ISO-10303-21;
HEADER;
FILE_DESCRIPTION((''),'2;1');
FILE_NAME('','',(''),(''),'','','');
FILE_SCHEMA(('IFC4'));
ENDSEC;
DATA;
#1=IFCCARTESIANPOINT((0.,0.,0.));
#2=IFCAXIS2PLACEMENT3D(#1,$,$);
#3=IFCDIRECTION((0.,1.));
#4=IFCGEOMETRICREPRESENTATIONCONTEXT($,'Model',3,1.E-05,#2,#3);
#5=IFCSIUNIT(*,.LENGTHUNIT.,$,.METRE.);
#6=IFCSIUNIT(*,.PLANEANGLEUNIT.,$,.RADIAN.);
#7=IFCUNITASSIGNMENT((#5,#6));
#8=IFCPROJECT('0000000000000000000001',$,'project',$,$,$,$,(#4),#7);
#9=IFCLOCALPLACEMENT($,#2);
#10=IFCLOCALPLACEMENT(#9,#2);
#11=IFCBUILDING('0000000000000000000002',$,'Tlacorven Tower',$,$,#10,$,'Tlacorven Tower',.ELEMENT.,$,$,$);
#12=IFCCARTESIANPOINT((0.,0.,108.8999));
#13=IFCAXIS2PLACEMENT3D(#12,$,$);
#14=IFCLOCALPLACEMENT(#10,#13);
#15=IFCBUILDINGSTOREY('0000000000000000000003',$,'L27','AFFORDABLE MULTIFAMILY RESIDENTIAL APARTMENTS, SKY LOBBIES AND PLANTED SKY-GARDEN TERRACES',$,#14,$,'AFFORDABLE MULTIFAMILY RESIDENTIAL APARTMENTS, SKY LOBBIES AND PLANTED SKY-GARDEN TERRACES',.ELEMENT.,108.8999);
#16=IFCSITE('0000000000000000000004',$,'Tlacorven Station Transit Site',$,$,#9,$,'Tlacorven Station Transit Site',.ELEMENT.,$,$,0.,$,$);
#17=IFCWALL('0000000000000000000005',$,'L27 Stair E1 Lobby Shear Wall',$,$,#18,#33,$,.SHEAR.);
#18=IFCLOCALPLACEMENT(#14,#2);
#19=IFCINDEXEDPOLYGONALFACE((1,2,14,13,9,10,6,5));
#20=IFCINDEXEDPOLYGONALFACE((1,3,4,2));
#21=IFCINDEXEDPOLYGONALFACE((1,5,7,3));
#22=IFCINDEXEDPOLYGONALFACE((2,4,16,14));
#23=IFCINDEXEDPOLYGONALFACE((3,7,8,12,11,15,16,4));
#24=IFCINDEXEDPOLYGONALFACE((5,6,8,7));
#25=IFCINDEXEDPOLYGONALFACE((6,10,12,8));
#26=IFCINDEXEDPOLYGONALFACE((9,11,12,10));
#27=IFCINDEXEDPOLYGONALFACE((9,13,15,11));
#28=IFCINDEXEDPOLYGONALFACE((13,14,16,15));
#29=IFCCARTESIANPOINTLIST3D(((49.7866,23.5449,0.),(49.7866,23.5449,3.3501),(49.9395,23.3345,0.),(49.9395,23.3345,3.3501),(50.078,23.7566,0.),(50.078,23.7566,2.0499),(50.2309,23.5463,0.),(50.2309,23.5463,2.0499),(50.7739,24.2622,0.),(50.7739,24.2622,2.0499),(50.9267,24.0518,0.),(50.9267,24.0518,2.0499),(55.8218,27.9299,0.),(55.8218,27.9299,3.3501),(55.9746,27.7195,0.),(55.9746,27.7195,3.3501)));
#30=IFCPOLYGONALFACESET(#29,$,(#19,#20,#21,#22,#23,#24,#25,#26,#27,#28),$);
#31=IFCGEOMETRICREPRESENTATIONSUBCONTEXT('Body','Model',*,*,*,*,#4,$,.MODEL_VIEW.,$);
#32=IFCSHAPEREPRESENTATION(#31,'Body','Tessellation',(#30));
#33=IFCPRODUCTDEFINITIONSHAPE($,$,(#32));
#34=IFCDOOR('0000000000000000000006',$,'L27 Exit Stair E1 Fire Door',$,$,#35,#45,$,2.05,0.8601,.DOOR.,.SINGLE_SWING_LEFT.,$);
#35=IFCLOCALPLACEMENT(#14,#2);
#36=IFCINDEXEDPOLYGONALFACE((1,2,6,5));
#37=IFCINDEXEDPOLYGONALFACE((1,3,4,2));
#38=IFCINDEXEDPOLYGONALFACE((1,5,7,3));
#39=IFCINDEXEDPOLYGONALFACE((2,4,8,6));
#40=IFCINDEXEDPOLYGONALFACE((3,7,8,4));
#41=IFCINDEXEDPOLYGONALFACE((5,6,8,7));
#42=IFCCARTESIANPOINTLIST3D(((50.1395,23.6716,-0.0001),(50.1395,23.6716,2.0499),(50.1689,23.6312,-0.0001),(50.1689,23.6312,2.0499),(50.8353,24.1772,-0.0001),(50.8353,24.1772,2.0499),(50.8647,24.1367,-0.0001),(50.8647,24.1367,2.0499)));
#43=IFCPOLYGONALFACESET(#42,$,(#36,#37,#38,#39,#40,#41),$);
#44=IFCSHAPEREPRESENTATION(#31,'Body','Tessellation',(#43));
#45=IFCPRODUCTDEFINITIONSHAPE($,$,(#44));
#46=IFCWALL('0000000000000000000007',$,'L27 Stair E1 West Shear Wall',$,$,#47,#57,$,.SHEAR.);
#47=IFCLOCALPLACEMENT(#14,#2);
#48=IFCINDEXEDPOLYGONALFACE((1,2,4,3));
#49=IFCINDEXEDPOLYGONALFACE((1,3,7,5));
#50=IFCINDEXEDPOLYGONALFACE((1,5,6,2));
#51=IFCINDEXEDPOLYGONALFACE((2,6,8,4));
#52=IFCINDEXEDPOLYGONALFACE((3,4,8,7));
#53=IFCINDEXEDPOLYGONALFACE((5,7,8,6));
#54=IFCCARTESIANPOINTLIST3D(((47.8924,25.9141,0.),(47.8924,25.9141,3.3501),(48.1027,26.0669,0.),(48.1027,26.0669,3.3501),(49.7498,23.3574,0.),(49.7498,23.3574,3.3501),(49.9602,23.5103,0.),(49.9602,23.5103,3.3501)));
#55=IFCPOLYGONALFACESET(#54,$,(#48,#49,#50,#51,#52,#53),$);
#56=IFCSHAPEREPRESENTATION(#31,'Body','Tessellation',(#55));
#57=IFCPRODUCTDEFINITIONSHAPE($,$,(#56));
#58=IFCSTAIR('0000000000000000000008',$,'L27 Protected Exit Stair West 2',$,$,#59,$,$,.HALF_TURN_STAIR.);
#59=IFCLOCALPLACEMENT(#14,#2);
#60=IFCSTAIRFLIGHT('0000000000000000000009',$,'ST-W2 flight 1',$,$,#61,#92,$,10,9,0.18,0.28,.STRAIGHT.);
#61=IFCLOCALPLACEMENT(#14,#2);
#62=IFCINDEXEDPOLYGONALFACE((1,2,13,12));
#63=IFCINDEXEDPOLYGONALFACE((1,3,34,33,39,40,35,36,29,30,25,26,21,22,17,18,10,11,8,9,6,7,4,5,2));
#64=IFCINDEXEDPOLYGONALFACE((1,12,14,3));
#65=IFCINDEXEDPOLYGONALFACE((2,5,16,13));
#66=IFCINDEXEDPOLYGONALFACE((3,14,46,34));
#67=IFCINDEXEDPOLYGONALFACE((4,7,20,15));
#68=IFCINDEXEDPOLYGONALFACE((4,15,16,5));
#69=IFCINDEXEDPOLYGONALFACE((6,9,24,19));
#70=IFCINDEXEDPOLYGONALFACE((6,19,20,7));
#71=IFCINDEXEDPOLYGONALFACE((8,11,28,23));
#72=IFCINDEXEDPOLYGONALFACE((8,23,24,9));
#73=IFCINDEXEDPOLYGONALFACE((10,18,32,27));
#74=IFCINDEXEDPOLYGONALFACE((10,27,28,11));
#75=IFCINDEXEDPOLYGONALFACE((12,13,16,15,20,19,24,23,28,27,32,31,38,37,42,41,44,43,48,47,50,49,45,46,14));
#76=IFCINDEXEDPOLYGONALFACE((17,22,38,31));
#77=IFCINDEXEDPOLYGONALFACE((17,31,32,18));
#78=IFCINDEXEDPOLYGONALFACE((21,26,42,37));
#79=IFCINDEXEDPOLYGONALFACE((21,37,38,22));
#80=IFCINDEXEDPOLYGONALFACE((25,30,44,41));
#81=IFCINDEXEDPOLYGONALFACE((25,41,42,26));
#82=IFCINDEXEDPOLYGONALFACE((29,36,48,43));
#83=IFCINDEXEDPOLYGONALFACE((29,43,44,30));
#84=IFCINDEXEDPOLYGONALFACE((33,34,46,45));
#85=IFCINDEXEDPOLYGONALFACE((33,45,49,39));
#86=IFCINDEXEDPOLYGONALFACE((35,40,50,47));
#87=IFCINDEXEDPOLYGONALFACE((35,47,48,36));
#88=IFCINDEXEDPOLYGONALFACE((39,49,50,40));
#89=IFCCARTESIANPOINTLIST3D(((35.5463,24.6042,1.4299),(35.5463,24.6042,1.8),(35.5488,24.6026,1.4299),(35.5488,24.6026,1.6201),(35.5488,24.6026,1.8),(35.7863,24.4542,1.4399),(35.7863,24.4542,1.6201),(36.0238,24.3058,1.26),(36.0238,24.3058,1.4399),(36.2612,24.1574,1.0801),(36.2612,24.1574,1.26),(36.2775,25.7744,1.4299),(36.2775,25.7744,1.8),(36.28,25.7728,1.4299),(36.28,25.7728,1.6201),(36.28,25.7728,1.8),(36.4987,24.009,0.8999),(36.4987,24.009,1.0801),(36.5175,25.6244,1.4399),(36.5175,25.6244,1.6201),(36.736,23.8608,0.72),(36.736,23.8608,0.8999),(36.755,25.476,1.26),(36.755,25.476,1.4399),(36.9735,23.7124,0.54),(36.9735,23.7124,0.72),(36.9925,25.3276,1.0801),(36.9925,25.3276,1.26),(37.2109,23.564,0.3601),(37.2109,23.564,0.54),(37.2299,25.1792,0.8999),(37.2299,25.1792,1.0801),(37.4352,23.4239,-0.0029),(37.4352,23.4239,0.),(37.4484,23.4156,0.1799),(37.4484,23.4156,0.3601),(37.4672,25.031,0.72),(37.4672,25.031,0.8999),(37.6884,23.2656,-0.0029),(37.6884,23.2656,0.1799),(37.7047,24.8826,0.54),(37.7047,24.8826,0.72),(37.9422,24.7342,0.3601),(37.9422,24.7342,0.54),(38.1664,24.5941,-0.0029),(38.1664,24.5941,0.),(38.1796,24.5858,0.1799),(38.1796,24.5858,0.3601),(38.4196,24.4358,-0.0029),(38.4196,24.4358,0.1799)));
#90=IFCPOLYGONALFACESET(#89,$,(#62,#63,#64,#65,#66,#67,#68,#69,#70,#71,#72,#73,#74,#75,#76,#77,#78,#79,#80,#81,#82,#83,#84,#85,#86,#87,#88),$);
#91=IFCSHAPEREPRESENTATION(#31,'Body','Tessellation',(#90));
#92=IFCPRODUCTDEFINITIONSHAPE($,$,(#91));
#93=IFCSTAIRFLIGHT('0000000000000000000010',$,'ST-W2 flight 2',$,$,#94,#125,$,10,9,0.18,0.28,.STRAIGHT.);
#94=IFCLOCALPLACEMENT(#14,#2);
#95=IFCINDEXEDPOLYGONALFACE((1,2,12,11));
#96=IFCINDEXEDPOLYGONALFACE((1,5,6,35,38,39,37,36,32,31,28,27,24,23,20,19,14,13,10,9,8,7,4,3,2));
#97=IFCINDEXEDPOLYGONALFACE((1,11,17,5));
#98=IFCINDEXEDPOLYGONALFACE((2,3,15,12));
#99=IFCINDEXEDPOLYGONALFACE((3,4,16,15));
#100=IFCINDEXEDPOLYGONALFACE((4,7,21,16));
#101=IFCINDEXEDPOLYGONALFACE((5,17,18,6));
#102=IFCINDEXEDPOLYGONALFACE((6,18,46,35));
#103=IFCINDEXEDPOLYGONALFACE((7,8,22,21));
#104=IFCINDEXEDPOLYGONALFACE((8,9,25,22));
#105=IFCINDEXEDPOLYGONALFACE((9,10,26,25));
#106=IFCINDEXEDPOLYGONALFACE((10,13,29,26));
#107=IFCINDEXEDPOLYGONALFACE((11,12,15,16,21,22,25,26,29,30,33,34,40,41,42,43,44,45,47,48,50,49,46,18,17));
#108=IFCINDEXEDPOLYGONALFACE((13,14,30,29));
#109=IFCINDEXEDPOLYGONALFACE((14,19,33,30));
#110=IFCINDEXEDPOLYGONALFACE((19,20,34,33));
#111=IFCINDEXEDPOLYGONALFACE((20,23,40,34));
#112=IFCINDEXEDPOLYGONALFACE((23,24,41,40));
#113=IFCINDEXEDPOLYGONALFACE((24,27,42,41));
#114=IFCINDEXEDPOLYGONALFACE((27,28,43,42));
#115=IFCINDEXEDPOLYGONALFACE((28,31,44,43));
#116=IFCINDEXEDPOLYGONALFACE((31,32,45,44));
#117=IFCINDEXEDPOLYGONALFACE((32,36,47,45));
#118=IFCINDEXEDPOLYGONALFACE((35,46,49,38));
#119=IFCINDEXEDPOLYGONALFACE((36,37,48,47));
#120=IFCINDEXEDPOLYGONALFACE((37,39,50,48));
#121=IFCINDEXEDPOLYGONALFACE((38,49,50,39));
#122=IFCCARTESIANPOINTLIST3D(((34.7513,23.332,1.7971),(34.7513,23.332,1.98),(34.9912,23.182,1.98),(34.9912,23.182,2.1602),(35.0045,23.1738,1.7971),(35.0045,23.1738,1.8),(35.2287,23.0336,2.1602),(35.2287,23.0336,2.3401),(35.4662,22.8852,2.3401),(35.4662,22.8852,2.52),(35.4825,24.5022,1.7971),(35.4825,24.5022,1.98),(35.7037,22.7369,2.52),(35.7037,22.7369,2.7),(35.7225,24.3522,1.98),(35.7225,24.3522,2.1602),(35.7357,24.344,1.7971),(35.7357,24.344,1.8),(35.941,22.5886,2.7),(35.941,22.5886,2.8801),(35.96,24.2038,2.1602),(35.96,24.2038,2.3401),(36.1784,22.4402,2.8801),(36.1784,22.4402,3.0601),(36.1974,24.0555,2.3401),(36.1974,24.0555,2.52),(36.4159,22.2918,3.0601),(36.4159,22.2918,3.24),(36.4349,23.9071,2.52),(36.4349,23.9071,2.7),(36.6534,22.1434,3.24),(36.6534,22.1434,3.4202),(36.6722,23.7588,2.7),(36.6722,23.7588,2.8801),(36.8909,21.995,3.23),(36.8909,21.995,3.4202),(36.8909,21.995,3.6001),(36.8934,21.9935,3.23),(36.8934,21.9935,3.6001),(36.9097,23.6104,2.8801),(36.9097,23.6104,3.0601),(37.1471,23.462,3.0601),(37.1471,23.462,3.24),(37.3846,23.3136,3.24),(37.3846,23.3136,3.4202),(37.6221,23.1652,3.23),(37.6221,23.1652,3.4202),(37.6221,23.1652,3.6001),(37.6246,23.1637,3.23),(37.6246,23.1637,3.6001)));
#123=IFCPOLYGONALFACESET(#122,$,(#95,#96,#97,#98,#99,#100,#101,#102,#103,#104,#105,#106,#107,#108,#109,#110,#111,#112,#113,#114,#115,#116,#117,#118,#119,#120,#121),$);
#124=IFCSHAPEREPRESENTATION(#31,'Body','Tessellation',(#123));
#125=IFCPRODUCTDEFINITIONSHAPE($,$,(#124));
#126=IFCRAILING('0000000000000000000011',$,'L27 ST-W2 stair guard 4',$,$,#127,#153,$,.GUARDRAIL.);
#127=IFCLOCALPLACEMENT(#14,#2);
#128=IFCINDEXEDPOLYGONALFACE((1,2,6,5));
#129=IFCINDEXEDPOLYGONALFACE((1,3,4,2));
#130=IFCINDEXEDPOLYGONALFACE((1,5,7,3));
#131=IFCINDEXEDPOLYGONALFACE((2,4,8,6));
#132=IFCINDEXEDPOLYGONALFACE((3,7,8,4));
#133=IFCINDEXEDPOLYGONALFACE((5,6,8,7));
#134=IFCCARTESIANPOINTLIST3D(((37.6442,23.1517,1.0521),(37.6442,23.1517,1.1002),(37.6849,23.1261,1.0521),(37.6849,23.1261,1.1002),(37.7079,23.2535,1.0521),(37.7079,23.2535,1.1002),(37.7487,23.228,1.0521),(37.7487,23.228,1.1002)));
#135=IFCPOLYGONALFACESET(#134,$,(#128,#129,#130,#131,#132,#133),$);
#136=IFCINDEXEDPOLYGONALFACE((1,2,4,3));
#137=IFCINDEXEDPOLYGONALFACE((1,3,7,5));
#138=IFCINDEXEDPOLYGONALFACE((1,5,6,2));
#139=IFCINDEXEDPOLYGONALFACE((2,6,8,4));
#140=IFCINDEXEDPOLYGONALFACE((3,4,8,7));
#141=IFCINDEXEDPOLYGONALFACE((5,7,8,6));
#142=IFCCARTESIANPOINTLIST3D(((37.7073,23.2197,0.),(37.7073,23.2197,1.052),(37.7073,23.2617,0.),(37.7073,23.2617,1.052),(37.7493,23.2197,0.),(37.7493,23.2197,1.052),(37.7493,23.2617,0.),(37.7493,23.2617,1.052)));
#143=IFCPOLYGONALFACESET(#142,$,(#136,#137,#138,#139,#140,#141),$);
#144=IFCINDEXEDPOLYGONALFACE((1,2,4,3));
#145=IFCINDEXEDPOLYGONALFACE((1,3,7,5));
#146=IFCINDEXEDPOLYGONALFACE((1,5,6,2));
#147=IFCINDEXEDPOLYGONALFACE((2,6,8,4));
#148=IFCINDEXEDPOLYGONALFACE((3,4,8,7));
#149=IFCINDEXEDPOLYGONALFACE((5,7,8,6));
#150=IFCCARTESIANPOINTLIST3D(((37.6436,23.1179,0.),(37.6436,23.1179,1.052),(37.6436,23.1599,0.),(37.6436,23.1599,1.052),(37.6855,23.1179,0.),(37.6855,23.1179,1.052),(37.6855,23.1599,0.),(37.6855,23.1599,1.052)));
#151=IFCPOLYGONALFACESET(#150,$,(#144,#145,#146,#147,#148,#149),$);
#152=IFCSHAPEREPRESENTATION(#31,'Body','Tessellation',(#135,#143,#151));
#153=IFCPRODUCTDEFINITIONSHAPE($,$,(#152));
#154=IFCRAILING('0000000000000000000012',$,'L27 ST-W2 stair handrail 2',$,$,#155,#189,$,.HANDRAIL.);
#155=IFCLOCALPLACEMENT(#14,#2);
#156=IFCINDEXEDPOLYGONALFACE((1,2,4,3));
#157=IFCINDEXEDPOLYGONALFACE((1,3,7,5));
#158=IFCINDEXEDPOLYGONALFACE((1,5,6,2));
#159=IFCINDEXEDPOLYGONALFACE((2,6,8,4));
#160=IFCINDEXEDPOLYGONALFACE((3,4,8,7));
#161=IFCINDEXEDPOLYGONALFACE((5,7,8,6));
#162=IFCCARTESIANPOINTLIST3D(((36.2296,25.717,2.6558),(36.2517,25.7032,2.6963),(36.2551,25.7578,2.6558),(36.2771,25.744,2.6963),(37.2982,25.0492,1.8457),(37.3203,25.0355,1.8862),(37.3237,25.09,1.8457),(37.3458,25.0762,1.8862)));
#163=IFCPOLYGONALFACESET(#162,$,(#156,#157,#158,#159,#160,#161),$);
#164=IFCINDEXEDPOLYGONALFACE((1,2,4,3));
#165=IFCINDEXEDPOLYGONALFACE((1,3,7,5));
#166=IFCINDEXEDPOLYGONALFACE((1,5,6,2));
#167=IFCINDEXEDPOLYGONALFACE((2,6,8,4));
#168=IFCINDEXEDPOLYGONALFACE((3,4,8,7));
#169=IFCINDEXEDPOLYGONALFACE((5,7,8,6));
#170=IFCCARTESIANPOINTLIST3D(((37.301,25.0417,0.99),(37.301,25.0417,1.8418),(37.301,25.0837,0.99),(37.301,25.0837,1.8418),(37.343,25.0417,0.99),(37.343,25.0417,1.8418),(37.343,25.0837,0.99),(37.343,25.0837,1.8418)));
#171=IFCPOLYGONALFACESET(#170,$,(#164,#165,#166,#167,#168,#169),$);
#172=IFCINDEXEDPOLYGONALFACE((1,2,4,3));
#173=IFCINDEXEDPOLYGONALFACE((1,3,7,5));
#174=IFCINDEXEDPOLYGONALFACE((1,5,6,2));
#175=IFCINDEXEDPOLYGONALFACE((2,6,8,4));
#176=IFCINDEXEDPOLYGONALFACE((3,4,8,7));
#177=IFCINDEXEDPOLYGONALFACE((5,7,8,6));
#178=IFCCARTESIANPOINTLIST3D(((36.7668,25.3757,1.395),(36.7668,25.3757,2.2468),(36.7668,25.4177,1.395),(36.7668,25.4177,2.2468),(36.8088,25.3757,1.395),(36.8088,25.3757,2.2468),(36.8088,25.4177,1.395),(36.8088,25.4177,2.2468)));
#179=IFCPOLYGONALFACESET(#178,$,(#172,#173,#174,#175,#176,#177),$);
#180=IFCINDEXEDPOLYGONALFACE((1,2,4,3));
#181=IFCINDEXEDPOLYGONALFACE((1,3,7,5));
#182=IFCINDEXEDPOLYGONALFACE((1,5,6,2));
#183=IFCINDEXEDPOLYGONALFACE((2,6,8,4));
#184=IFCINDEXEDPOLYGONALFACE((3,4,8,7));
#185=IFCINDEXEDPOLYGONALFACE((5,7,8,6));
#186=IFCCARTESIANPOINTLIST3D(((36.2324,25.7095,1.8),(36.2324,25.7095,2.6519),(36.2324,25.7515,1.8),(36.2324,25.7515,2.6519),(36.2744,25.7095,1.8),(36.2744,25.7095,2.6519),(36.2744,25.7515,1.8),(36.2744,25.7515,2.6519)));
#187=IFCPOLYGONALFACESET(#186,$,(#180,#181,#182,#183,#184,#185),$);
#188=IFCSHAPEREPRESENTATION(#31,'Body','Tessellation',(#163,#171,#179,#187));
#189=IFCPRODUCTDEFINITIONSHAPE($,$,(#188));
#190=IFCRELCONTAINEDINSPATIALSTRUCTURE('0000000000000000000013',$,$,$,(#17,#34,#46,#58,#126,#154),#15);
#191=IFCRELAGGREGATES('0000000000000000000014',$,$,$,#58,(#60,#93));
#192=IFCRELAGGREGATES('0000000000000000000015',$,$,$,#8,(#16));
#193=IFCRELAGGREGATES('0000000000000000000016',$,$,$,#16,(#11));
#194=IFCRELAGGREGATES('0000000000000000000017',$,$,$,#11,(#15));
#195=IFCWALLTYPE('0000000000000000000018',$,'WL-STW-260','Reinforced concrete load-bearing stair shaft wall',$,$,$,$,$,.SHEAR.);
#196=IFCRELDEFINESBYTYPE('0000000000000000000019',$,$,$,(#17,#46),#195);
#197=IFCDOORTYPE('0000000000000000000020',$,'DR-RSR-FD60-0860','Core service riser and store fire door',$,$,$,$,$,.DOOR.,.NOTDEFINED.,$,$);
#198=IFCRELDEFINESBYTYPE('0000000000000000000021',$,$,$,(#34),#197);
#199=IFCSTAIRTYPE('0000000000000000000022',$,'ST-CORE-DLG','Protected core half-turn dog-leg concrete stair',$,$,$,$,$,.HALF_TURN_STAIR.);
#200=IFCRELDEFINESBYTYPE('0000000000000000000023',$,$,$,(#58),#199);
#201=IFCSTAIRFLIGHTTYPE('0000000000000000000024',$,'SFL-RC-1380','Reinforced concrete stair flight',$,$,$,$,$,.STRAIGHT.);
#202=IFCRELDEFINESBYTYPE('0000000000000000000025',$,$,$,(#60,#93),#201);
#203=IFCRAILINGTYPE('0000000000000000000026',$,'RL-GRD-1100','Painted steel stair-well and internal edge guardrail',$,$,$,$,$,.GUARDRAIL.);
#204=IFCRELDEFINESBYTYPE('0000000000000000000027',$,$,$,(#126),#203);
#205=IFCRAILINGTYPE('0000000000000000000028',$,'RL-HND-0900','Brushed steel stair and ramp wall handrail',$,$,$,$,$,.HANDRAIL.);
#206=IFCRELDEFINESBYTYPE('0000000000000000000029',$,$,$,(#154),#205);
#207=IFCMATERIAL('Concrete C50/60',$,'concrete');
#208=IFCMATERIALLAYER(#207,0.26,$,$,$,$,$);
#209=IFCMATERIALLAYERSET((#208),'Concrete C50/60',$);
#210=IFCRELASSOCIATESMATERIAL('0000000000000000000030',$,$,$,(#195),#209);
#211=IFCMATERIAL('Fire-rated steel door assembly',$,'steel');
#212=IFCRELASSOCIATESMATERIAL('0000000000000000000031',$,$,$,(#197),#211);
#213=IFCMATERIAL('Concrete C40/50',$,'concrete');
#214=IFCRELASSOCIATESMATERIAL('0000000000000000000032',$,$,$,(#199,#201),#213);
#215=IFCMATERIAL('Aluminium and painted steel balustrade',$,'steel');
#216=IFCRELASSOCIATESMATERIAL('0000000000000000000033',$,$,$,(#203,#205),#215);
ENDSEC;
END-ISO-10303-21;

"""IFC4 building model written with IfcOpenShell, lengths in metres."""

from ifc_helpers import new_model, si_unit, direction, frame, frame_2d, origin, origin_2d, place, context, subcontext, project, spatial, polyline, rectangle, outline, extrude, source, transform, mapped, material, layer, layer_set, type_object, element, fill, aggregate, save


model = new_model("IFC4")

# Units and contexts
model_context = context("Model", 3, precision=1e-05, world=origin(), true_north=direction((0.0, 1.0)))
body_context = subcontext(model_context, "Body", "Model", "MODEL_VIEW")
ifc_project = project(units=[si_unit("LENGTHUNIT", "METRE"), si_unit("PLANEANGLEUNIT", "RADIAN")], contexts=[model_context])

# Site, building, storey
site_placement = place(None, origin())
site = spatial("IfcSite", under=ifc_project, at=site_placement, Name="Tlacorven Station Transit Site", LongName="Tlacorven Station Transit Site", CompositionType="ELEMENT", RefElevation=0.0)
building_placement = place(site_placement, origin())
building = spatial("IfcBuilding", under=site, at=building_placement, Name="Tlacorven Tower", LongName="Tlacorven Tower", CompositionType="ELEMENT")
storey_placement = place(building_placement, frame((0.0, 0.0, 108.8999)))
storey = spatial("IfcBuildingStorey", under=building, at=storey_placement, Name="L27", Description="AFFORDABLE MULTIFAMILY RESIDENTIAL APARTMENTS, SKY LOBBIES AND PLANTED SKY-GARDEN TERRACES", LongName="AFFORDABLE MULTIFAMILY RESIDENTIAL APARTMENTS, SKY LOBBIES AND PLANTED SKY-GARDEN TERRACES", CompositionType="ELEMENT", Elevation=108.8999)

# Shared definitions
ifc_material_1 = material(Name="Concrete C40/50", Category="concrete")
ifc_material_2 = material(Name="Concrete C50/60", Category="concrete")
ifc_layer_1 = layer(ifc_material_2, 0.26)
ifc_layer_set_1 = layer_set([ifc_layer_1], Name="Concrete C50/60")
wall_type_1 = type_object("IfcWallType", Name="WL-STW-260", Description="Reinforced concrete load-bearing stair shaft wall", PredefinedType="SHEAR", material=ifc_layer_set_1)

# Wall, opening, door
wall_1_placement = place(storey_placement, frame((49.863, 23.4397, 0.0), z_axis=(0.0, 0.0, 1.0), x_axis=(0.809003, 0.587804, 0.0)))
wall_1 = element("IfcWall", 1, at=wall_1_placement, inside=storey, type_object=wall_type_1, Name="L27 Stair E1 Lobby Shear Wall", PredefinedType="SHEAR", context=body_context, shape_type="SweptSolid", body=[
    extrude(rectangle(XDim=7.46, YDim=0.26, at=frame_2d((3.73, 0.0))), origin(), (0.0, 0.0, 1.0), 3.3501),
])
opening_placement = place(wall_1_placement, frame((0.3601, 0.0, 0.0)))
opening = element("IfcOpeningElement", 2, at=opening_placement, cuts=wall_1, PredefinedType="OPENING", context=body_context, shape_type="SweptSolid", body=[
    extrude(rectangle(XDim=0.8601, YDim=2.05, at=frame_2d((0.4302, 1.0249))), frame((0.0, 0.1401, 0.0), z_axis=(0.0, -1.0, 0.0), x_axis=(1.0, 0.0, 0.0)), (0.0, 0.0, 1.0), 0.28),
])
ifc_material_3 = material(Name="Fire-rated steel door assembly", Category="steel")
door_type = type_object("IfcDoorType", Name="DR-RSR-FD60-0860", Description="Core service riser and store fire door", OperationType="NOTDEFINED", PredefinedType="DOOR", material=ifc_material_3)
shared_shape_1 = source(origin(), body_context, "Body", "SweptSolid", [
    extrude(rectangle(XDim=0.8601, YDim=2.05, at=frame_2d((0.4302, 1.0249))), frame((0.0, 0.0249, 0.0), z_axis=(0.0, -1.0, 0.0), x_axis=(1.0, 0.0, 0.0)), (0.0, 0.0, 1.0), 0.05),
])
door_placement = place(opening_placement, frame((0.8601, 0.0, 0.0), z_axis=(0.0, 0.0, 1.0), x_axis=(-1.0, 0.0, 0.0)))
door = element("IfcDoor", 3, at=door_placement, inside=storey, type_object=door_type, Name="L27 Exit Stair E1 Fire Door", OperationType="SINGLE_SWING_LEFT", OverallHeight=2.05, OverallWidth=0.8601, PredefinedType="DOOR", context=body_context, shape_type="MappedRepresentation", body=[
    mapped(shared_shape_1, transform((0.0, 0.0, 0.0), scale=1.0)),
])
fill(opening, door)

# Wall
wall_2_placement = place(storey_placement, frame((49.855, 23.4338, 0.0), z_axis=(0.0, 0.0, 1.0), x_axis=(-0.587767, 0.80903, 0.0)))
element("IfcWall", 4, at=wall_2_placement, inside=storey, type_object=wall_type_1, Name="L27 Stair E1 West Shear Wall", PredefinedType="SHEAR", context=body_context, shape_type="SweptSolid", body=[
    extrude(rectangle(XDim=3.1602, YDim=0.26, at=frame_2d((1.5801, 0.0))), origin(), (0.0, 0.0, 1.0), 3.3501),
])

# Stair, stair flights
stair_type = type_object("IfcStairType", Name="ST-CORE-DLG", Description="Protected core half-turn dog-leg concrete stair", PredefinedType="HALF_TURN_STAIR", material=ifc_material_1)
stair_placement = place(storey_placement, origin())
stair = element("IfcStair", 5, at=stair_placement, inside=storey, type_object=stair_type, Name="L27 Protected Exit Stair West 2", PredefinedType="HALF_TURN_STAIR")
stair_flight_type = type_object("IfcStairFlightType", Name="SFL-RC-1380", Description="Reinforced concrete stair flight", PredefinedType="STRAIGHT", material=ifc_material_1)
shared_shape_2 = source(origin(), body_context, "Body", "SweptSolid", [
    extrude(outline(polyline([(-0.0029, -0.0029), (-0.0029, 0.1799), (0.28, 0.1799), (0.28, 0.3601), (0.5601, 0.3601), (0.5601, 0.54), (0.8401, 0.54), (0.8401, 0.72), (1.1201, 0.72), (1.1201, 0.8999), (1.3999, 0.8999), (1.3999, 1.0801), (1.6799, 1.0801), (1.6799, 1.26), (1.96, 1.26), (1.96, 1.4399), (2.24, 1.4399), (2.24, 1.6201), (2.52, 1.6201), (2.52, 1.8), (2.5229, 1.8), (2.5229, 1.4299), (2.52, 1.4299), (0.2957, 0.0), (0.2957, -0.0029), (-0.0029, -0.0029)])), frame((0.0, 0.6899, 0.0), z_axis=(0.0, -1.0, 0.0), x_axis=(1.0, 0.0, 0.0)), (0.0, 0.0, 1.0), 1.3799),
])
stair_flight_1_placement = place(storey_placement, frame((38.0515, 23.8523, 0.0), z_axis=(0.0, 0.0, 1.0), x_axis=(-0.848048, 0.529919, 0.0)))
stair_flight_1 = element("IfcStairFlight", 6, at=stair_flight_1_placement, type_object=stair_flight_type, Name="ST-W2 flight 1", NumberOfRisers=10, NumberOfTreads=9, PredefinedType="STRAIGHT", RiserHeight=0.18, TreadLength=0.28, context=body_context, shape_type="MappedRepresentation", body=[
    mapped(shared_shape_2, transform((0.0, 0.0, 0.0), scale=1.0)),
])
stair_flight_2_placement = place(storey_placement, frame((35.1194, 23.9155, 1.8), z_axis=(0.0, 0.0, 1.0), x_axis=(0.848048, -0.529919, 0.0)))
stair_flight_2 = element("IfcStairFlight", 7, at=stair_flight_2_placement, type_object=stair_flight_type, Name="ST-W2 flight 2", NumberOfRisers=10, NumberOfTreads=9, PredefinedType="STRAIGHT", RiserHeight=0.18, TreadLength=0.28, context=body_context, shape_type="MappedRepresentation", body=[
    mapped(shared_shape_2, transform((0.0, 0.0, 0.0), scale=1.0)),
])
aggregate(stair, [stair_flight_1, stair_flight_2])

# Railings
ifc_material_4 = material(Name="Aluminium and painted steel balustrade", Category="steel")
railing_type_1 = type_object("IfcRailingType", Name="RL-GRD-1100", Description="Painted steel stair-well and internal edge guardrail", PredefinedType="GUARDRAIL", material=ifc_material_4)
shared_shape_3 = source(origin(), body_context, "Body", "SweptSolid", [
    extrude(rectangle(XDim=0.0481, YDim=0.0481, at=origin_2d()), frame((0.0, 0.0, 1.0762), z_axis=(-0.530547, -0.847656, 0.0), x_axis=(0.847656, -0.530547, 0.0)), (0.0, 0.0, 1.0), 0.1201),
    extrude(rectangle(XDim=0.042, YDim=0.042, at=origin_2d()), origin(), (0.0, 0.0, 1.0), 1.052),
    extrude(rectangle(XDim=0.042, YDim=0.042, at=origin_2d()), frame((-0.0637, -0.1018, 0.0)), (0.0, 0.0, 1.0), 1.052),
])
railing_1_placement = place(storey_placement, frame((37.7283, 23.2407, 0.0)))
element("IfcRailing", 8, at=railing_1_placement, inside=storey, type_object=railing_type_1, Name="L27 ST-W2 stair guard 4", PredefinedType="GUARDRAIL", context=body_context, shape_type="MappedRepresentation", body=[
    mapped(shared_shape_3, transform((0.0, 0.0, 0.0), scale=1.0)),
])
railing_type_2 = type_object("IfcRailingType", Name="RL-HND-0900", Description="Brushed steel stair and ramp wall handrail", PredefinedType="HANDRAIL", material=ifc_material_4)
shared_shape_4 = source(origin(), body_context, "Body", "SweptSolid", [
    extrude(rectangle(XDim=0.0481, YDim=0.0481, at=origin_2d()), frame((0.0, 0.0, 0.876), z_axis=(-0.71336, 0.445748, 0.540765), x_axis=(-0.529912, -0.848053, 0.0)), (0.0, 0.0, 1.0), 1.498),
    extrude(rectangle(XDim=0.042, YDim=0.042, at=origin_2d()), origin(), (0.0, 0.0, 1.0), 0.8518),
    extrude(rectangle(XDim=0.042, YDim=0.042, at=origin_2d()), frame((-0.5342, 0.334, 0.405)), (0.0, 0.0, 1.0), 0.8518),
    extrude(rectangle(XDim=0.042, YDim=0.042, at=origin_2d()), frame((-1.0686, 0.6677, 0.8101)), (0.0, 0.0, 1.0), 0.8518),
])
railing_2_placement = place(storey_placement, frame((37.322, 25.0627, 0.99)))
element("IfcRailing", 9, at=railing_2_placement, inside=storey, type_object=railing_type_2, Name="L27 ST-W2 stair handrail 2", PredefinedType="HANDRAIL", context=body_context, shape_type="MappedRepresentation", body=[
    mapped(shared_shape_4, transform((0.0, 0.0, 0.0), scale=1.0)),
])

save(model, "model.ifc")
